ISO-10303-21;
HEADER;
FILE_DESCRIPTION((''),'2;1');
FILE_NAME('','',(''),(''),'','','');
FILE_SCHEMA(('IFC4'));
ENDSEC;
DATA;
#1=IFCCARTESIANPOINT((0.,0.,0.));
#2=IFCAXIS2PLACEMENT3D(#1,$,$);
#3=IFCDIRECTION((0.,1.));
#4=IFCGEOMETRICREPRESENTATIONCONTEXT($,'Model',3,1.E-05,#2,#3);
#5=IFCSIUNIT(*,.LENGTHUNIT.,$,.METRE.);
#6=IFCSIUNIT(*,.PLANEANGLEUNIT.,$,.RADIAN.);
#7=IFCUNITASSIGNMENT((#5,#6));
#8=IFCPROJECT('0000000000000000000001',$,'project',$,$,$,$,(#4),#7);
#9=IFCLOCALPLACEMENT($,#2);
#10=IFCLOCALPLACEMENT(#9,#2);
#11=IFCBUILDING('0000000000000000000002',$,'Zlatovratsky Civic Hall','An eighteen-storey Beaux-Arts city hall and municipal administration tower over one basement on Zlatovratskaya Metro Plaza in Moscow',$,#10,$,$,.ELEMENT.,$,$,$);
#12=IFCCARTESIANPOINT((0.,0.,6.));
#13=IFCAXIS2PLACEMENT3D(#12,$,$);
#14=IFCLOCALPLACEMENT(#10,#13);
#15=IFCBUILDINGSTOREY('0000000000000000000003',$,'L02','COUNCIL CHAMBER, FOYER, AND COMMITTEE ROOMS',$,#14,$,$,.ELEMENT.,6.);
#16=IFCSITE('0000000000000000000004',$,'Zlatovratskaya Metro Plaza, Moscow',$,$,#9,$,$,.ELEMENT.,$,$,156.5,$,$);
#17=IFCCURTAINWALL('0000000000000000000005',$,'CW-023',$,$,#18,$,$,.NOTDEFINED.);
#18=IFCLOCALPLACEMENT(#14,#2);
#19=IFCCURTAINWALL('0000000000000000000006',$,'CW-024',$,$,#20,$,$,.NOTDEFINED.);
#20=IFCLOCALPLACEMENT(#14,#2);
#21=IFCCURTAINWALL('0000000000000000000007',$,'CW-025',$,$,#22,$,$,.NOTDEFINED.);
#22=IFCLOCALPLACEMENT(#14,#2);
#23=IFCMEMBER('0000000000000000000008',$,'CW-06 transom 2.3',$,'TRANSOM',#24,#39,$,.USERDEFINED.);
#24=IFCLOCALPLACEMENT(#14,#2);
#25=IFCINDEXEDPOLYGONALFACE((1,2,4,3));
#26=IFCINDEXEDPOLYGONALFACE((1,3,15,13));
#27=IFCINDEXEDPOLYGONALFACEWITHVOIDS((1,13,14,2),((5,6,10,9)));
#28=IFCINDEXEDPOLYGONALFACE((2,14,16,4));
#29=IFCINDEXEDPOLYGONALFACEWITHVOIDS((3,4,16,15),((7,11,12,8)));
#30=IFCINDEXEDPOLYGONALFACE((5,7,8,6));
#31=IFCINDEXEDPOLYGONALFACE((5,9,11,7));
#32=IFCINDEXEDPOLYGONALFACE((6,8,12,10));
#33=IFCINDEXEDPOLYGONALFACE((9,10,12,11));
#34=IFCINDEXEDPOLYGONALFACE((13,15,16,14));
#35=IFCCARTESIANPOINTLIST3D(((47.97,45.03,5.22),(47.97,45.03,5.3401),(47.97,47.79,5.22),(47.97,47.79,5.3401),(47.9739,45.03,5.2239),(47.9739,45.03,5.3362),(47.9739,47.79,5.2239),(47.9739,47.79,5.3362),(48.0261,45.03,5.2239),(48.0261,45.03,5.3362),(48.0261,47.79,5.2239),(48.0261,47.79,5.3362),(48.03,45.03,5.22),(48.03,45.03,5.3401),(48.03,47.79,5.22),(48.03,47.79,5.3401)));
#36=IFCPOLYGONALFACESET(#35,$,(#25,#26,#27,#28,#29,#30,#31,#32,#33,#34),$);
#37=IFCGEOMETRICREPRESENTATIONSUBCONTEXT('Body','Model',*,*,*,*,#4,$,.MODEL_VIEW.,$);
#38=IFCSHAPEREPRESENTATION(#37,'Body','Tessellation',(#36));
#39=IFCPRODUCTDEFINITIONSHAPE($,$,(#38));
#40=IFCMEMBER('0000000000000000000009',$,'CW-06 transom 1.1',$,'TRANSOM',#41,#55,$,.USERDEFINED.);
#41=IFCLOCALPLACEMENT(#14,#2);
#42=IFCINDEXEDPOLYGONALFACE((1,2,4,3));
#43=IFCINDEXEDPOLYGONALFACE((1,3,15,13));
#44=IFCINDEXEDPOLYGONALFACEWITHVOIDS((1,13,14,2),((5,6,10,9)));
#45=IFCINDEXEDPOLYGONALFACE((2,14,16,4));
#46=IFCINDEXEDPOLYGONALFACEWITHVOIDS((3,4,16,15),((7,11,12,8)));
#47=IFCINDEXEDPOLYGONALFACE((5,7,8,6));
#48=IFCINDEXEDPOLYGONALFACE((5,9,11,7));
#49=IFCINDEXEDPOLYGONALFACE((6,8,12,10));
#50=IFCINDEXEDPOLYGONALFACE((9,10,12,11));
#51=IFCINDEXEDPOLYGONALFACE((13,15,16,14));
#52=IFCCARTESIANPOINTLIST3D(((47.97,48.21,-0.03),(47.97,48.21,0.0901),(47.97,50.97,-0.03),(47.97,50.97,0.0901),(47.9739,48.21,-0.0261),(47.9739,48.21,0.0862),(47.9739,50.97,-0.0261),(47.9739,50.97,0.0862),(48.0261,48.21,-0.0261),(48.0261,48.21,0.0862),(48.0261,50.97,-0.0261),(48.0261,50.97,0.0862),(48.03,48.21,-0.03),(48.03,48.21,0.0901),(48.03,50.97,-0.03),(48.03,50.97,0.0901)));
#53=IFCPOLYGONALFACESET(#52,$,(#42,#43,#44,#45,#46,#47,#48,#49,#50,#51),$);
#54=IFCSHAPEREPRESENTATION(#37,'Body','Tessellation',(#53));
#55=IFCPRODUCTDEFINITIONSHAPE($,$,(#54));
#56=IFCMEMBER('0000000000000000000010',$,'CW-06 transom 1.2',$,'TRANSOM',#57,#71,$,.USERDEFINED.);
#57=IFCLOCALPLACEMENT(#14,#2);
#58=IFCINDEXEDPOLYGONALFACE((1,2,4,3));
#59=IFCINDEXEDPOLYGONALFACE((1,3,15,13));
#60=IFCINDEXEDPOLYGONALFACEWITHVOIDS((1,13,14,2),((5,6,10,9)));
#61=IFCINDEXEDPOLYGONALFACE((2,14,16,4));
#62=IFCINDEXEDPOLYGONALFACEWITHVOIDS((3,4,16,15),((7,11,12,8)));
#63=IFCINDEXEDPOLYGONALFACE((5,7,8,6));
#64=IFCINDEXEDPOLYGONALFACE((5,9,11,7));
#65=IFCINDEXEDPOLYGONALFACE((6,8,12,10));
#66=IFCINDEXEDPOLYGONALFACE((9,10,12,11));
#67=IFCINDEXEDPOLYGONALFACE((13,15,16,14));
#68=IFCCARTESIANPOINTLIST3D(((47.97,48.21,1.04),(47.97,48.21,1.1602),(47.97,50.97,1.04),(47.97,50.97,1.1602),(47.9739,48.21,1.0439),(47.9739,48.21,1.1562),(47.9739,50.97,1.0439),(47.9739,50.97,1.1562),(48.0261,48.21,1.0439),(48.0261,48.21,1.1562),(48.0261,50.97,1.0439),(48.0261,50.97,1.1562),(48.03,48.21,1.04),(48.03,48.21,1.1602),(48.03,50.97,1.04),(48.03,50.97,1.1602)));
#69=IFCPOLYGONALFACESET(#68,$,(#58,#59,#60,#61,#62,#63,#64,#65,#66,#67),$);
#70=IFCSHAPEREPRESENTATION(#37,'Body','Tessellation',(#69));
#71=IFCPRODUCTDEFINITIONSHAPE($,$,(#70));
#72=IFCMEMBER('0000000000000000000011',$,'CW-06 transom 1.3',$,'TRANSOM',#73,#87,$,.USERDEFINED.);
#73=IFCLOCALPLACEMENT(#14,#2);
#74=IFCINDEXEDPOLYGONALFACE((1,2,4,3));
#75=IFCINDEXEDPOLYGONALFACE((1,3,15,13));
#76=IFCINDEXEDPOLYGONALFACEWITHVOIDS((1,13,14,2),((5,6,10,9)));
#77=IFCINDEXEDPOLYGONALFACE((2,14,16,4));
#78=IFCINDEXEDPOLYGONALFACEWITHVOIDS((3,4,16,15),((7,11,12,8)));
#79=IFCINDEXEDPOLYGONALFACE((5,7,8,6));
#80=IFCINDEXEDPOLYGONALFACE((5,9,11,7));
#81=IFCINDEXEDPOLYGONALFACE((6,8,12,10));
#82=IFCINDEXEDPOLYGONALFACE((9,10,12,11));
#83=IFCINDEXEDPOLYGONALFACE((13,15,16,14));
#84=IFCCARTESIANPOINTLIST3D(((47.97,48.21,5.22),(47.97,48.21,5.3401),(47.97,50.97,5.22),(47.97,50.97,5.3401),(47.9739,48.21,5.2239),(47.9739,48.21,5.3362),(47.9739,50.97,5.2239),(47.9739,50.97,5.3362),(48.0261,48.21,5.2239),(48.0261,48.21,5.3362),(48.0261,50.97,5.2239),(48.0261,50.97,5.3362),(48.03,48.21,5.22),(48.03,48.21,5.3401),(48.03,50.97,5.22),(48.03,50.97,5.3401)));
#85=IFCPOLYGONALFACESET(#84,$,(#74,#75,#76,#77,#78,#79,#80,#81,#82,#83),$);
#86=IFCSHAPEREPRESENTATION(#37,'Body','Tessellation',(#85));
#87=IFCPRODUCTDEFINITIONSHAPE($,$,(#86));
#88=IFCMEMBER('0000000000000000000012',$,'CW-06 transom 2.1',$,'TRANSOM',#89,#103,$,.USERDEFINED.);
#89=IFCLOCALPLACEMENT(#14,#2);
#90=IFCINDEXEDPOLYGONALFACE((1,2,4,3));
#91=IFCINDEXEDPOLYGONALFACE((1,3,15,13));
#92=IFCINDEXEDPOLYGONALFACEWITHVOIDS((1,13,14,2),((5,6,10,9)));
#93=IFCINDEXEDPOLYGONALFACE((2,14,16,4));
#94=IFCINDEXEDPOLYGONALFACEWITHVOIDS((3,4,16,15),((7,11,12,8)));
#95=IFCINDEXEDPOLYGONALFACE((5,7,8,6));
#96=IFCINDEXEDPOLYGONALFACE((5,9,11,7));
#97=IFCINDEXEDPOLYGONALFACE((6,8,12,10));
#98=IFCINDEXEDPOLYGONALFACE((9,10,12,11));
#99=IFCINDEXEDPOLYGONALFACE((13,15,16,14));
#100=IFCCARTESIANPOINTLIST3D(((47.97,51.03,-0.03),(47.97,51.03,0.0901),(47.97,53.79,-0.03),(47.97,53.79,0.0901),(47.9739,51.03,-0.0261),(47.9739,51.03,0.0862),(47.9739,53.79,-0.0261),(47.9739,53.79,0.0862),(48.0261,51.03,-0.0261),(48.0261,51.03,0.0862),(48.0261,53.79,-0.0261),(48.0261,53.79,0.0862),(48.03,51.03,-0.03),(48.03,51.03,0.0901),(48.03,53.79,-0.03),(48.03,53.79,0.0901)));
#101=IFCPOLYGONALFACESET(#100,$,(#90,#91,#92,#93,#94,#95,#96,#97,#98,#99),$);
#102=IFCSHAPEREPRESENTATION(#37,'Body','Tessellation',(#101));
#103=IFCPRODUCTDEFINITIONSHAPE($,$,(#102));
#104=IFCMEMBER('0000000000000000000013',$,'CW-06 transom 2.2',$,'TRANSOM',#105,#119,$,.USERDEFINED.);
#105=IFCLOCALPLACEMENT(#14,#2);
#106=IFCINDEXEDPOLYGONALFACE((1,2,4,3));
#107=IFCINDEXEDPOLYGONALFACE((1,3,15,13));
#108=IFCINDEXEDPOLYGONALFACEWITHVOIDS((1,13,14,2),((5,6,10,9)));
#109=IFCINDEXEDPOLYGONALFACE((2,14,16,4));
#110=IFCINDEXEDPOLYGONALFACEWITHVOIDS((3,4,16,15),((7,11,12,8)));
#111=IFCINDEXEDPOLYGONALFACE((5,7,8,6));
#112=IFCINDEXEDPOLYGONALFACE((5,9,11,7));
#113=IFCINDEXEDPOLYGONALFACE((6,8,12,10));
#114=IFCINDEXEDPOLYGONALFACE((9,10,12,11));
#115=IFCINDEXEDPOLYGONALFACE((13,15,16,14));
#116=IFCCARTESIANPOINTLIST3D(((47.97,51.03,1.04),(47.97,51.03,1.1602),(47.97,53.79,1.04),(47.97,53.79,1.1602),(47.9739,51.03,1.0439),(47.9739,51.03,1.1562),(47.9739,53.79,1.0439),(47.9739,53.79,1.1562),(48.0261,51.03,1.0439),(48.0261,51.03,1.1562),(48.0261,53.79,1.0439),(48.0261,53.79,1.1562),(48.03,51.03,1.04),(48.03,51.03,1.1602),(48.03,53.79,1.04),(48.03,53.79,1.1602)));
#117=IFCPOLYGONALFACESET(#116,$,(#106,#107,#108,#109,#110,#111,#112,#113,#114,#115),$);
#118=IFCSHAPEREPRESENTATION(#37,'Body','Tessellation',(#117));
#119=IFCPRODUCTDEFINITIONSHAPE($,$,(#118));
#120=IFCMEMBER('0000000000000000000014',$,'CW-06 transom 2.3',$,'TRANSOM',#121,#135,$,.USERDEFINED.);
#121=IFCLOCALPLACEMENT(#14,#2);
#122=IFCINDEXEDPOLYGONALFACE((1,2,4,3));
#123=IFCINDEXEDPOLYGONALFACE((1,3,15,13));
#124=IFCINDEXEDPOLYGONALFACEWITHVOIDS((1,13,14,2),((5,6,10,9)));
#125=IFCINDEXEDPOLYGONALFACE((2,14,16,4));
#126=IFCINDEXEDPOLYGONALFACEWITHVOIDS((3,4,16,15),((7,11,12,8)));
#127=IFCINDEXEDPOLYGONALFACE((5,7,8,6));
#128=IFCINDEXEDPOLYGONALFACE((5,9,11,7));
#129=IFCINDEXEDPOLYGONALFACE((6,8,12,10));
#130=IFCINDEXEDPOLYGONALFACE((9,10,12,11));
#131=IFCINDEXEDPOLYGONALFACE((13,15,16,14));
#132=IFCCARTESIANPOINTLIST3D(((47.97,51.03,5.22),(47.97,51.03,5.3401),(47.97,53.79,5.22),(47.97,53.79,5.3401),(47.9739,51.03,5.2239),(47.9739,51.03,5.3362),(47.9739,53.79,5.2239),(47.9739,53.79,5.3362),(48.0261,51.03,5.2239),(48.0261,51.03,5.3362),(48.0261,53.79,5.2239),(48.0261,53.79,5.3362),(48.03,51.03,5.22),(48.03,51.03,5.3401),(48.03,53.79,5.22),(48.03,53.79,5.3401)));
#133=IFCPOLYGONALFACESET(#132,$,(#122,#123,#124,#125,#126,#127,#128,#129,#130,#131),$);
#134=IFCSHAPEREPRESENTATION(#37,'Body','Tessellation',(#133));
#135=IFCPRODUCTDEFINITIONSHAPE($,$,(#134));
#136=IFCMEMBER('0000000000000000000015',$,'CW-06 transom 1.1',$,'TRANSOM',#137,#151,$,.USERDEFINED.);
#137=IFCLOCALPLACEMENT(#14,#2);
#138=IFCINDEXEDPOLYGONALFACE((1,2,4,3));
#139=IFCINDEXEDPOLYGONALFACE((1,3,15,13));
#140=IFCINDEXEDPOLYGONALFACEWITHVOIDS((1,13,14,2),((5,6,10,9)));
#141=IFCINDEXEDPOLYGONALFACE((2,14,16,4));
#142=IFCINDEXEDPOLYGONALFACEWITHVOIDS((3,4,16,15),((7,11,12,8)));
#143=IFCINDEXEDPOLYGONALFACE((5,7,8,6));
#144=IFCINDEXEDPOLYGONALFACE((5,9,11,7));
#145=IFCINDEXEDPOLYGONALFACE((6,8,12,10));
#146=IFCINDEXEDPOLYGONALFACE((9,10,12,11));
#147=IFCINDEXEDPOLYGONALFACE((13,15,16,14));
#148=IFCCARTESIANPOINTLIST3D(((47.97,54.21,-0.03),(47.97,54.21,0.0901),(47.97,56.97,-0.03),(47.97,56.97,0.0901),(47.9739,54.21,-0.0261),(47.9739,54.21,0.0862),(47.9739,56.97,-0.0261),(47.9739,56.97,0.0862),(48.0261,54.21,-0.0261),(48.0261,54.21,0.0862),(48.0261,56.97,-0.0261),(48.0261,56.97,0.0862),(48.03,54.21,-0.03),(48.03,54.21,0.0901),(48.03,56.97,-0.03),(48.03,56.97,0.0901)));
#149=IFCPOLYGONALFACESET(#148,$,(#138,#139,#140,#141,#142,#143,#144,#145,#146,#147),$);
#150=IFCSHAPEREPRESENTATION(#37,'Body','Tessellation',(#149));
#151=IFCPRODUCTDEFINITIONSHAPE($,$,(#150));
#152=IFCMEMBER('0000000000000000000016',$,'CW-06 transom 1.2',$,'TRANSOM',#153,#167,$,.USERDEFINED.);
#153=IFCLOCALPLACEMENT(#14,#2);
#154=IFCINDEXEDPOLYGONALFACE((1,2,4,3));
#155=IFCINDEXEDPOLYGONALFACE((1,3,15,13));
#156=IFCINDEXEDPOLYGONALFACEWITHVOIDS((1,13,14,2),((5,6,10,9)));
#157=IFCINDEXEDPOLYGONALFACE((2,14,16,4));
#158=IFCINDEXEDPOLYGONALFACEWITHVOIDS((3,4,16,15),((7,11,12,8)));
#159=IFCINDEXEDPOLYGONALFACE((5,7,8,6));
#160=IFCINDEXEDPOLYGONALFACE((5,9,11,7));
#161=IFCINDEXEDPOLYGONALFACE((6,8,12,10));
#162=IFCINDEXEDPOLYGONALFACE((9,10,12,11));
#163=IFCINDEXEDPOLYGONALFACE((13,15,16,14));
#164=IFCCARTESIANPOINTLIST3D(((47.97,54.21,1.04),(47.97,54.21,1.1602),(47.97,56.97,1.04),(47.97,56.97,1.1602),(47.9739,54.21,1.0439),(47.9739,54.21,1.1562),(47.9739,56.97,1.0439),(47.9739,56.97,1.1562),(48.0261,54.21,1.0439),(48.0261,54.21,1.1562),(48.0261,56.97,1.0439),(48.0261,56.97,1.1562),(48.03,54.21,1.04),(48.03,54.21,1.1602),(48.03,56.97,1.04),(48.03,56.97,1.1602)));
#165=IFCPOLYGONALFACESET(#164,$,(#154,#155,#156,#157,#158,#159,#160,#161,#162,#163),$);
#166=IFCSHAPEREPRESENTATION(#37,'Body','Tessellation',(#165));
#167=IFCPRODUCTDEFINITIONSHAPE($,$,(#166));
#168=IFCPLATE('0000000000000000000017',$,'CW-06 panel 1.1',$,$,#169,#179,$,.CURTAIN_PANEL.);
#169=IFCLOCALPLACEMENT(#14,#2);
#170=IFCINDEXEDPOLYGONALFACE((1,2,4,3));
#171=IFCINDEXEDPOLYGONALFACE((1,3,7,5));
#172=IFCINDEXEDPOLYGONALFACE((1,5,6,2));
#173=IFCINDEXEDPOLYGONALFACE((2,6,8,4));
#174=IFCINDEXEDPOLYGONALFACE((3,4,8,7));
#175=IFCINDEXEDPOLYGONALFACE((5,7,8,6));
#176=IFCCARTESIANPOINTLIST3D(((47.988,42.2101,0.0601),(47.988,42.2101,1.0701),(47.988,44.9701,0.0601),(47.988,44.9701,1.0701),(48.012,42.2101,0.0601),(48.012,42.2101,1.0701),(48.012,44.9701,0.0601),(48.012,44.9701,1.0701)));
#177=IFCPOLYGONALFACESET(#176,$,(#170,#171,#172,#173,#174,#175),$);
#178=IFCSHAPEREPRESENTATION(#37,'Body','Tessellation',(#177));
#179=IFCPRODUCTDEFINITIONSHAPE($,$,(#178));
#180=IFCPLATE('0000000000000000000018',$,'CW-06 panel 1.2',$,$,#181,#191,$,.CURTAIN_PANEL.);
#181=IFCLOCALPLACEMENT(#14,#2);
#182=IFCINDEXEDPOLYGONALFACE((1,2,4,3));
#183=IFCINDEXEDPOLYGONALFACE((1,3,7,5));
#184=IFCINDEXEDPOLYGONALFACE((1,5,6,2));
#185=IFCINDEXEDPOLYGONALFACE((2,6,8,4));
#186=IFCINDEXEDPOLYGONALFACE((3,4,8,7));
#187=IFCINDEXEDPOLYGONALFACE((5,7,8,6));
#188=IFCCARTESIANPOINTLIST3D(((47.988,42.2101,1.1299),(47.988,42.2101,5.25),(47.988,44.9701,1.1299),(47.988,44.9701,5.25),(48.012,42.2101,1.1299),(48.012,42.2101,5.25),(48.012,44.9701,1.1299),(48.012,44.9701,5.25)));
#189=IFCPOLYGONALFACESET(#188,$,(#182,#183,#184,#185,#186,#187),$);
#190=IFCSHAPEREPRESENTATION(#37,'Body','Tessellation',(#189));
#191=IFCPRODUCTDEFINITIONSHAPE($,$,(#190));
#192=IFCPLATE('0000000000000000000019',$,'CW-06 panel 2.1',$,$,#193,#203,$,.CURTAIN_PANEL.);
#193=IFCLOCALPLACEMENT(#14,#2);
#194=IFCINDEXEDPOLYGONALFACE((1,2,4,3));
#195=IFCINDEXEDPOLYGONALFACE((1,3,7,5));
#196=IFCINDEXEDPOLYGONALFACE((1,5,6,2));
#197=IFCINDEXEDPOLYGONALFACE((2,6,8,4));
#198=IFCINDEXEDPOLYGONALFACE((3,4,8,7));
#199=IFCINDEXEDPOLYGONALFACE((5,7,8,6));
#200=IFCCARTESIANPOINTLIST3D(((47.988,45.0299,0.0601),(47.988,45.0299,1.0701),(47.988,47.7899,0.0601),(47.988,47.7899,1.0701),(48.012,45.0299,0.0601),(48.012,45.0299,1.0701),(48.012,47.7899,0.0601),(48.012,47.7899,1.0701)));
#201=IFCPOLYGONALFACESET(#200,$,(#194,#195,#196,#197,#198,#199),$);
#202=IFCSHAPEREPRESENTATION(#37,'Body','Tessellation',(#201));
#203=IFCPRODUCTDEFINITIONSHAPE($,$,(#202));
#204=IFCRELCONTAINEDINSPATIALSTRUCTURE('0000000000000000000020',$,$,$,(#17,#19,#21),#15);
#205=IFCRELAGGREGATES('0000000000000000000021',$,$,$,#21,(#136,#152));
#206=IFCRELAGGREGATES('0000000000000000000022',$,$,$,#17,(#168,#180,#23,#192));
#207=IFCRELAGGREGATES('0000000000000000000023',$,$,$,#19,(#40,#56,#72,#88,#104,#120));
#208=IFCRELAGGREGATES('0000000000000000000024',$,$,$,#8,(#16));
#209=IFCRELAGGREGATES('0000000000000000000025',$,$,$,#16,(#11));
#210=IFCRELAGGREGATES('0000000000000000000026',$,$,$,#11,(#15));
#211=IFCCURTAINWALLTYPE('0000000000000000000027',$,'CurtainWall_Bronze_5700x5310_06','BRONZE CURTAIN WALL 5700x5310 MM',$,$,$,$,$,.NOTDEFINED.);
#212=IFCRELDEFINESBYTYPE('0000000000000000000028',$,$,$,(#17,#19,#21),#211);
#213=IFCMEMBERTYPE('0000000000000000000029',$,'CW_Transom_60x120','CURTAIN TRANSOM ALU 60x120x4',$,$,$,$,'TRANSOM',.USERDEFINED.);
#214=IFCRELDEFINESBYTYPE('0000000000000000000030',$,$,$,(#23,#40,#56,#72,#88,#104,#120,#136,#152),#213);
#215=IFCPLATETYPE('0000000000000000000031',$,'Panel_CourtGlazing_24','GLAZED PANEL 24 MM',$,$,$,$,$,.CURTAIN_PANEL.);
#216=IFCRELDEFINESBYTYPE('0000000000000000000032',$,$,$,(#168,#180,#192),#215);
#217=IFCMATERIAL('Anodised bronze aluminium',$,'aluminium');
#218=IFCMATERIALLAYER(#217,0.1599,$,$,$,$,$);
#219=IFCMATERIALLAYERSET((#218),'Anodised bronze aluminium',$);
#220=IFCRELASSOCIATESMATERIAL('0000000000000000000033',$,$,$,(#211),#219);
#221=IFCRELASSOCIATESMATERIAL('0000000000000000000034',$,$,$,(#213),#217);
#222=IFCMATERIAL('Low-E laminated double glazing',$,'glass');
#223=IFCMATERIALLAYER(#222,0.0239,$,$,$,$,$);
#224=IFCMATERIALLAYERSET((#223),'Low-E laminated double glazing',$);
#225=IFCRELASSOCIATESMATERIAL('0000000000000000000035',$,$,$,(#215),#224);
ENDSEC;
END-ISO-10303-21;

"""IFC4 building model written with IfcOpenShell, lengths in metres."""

from ifc_helpers import new_model, si_unit, direction, frame, origin, origin_2d, place, context, subcontext, project, spatial, rectangle, hollow_rectangle, extrude, material, layer, layer_set, material_profile, profile_set, type_object, element, aggregate, save


model = new_model("IFC4")

# Units and contexts
model_context = context("Model", 3, precision=1e-05, world=origin(), true_north=direction((0.0, 1.0)))
body_context = subcontext(model_context, "Body", "Model", "MODEL_VIEW")
ifc_project = project(units=[si_unit("LENGTHUNIT", "METRE"), si_unit("PLANEANGLEUNIT", "RADIAN")], contexts=[model_context])

# Site, building, storey
site_placement = place(None, origin())
site = spatial("IfcSite", under=ifc_project, at=site_placement, Name="Zlatovratskaya Metro Plaza, Moscow", CompositionType="ELEMENT", RefElevation=156.5)
building_placement = place(site_placement, origin())
building = spatial("IfcBuilding", under=site, at=building_placement, Name="Zlatovratsky Civic Hall", Description="An eighteen-storey Beaux-Arts city hall and municipal administration tower over one basement on Zlatovratskaya Metro Plaza in Moscow", CompositionType="ELEMENT")
storey_placement = place(building_placement, frame((0.0, 0.0, 6.0)))
storey = spatial("IfcBuildingStorey", under=building, at=storey_placement, Name="L02", Description="COUNCIL CHAMBER, FOYER, AND COMMITTEE ROOMS", CompositionType="ELEMENT", Elevation=6.0)

# Curtain walls
ifc_material_1 = material(Name="Anodised bronze aluminium", Category="aluminium")
ifc_layer_1 = layer(ifc_material_1, 0.1599)
ifc_layer_set_1 = layer_set([ifc_layer_1], Name="Anodised bronze aluminium")
curtain_wall_type = type_object("IfcCurtainWallType", Name="CurtainWall_Bronze_5700x5310_06", Description="BRONZE CURTAIN WALL 5700x5310 MM", PredefinedType="NOTDEFINED", material=ifc_layer_set_1)
curtain_wall_1_placement = place(storey_placement, origin())
curtain_wall_1 = element("IfcCurtainWall", 1, at=curtain_wall_1_placement, inside=storey, type_object=curtain_wall_type, Name="CW-023", PredefinedType="NOTDEFINED")
curtain_wall_2_placement = place(storey_placement, origin())
curtain_wall_2 = element("IfcCurtainWall", 2, at=curtain_wall_2_placement, inside=storey, type_object=curtain_wall_type, Name="CW-024", PredefinedType="NOTDEFINED")

# Curtain wall
curtain_wall_3_placement = place(storey_placement, origin())
curtain_wall_3 = element("IfcCurtainWall", 3, at=curtain_wall_3_placement, inside=storey, type_object=curtain_wall_type, Name="CW-025", PredefinedType="NOTDEFINED")

# Members
ifc_material_profile_1 = material_profile(ifc_material_1, hollow_rectangle(XDim=0.0601, YDim=0.1201, WallThickness=0.0039, at=origin_2d()), Name="ALU 60x120x4")
ifc_profile_set_1 = profile_set([ifc_material_profile_1], Name="Anodised bronze aluminium")
member_type_1 = type_object("IfcMemberType", Name="CW_Transom_60x120", Description="CURTAIN TRANSOM ALU 60x120x4", ElementType="TRANSOM", PredefinedType="USERDEFINED", material=ifc_profile_set_1)
member_1_placement = place(storey_placement, frame((48.0, 45.03, 5.28), z_axis=(0.0, 1.0, 0.0), x_axis=(-1.0, 0.0, 0.0)))
member_1 = element("IfcMember", 4, at=member_1_placement, type_object=member_type_1, Name="CW-06 transom 2.3", ObjectType="TRANSOM", PredefinedType="USERDEFINED", context=body_context, shape_type="SweptSolid", body=[
    extrude(hollow_rectangle(XDim=0.0601, YDim=0.1201, WallThickness=0.0039, at=origin_2d()), origin(), (0.0, 0.0, 1.0), 2.76),
])
member_2_placement = place(storey_placement, frame((48.0, 48.21, 0.03), z_axis=(0.0, 1.0, 0.0), x_axis=(-1.0, 0.0, 0.0)))
member_2 = element("IfcMember", 5, at=member_2_placement, type_object=member_type_1, Name="CW-06 transom 1.1", ObjectType="TRANSOM", PredefinedType="USERDEFINED", context=body_context, shape_type="SweptSolid", body=[
    extrude(hollow_rectangle(XDim=0.0601, YDim=0.1201, WallThickness=0.0039, at=origin_2d()), origin(), (0.0, 0.0, 1.0), 2.76),
])
member_3_placement = place(storey_placement, frame((48.0, 48.21, 1.1001), z_axis=(0.0, 1.0, 0.0), x_axis=(-1.0, 0.0, 0.0)))
member_3 = element("IfcMember", 6, at=member_3_placement, type_object=member_type_1, Name="CW-06 transom 1.2", ObjectType="TRANSOM", PredefinedType="USERDEFINED", context=body_context, shape_type="SweptSolid", body=[
    extrude(hollow_rectangle(XDim=0.0601, YDim=0.1201, WallThickness=0.0039, at=origin_2d()), origin(), (0.0, 0.0, 1.0), 2.76),
])
member_4_placement = place(storey_placement, frame((48.0, 48.21, 5.28), z_axis=(0.0, 1.0, 0.0), x_axis=(-1.0, 0.0, 0.0)))
member_4 = element("IfcMember", 7, at=member_4_placement, type_object=member_type_1, Name="CW-06 transom 1.3", ObjectType="TRANSOM", PredefinedType="USERDEFINED", context=body_context, shape_type="SweptSolid", body=[
    extrude(hollow_rectangle(XDim=0.0601, YDim=0.1201, WallThickness=0.0039, at=origin_2d()), origin(), (0.0, 0.0, 1.0), 2.76),
])
member_5_placement = place(storey_placement, frame((48.0, 51.03, 0.03), z_axis=(0.0, 1.0, 0.0), x_axis=(-1.0, 0.0, 0.0)))
member_5 = element("IfcMember", 8, at=member_5_placement, type_object=member_type_1, Name="CW-06 transom 2.1", ObjectType="TRANSOM", PredefinedType="USERDEFINED", context=body_context, shape_type="SweptSolid", body=[
    extrude(hollow_rectangle(XDim=0.0601, YDim=0.1201, WallThickness=0.0039, at=origin_2d()), origin(), (0.0, 0.0, 1.0), 2.76),
])
member_6_placement = place(storey_placement, frame((48.0, 51.03, 1.1001), z_axis=(0.0, 1.0, 0.0), x_axis=(-1.0, 0.0, 0.0)))
member_6 = element("IfcMember", 9, at=member_6_placement, type_object=member_type_1, Name="CW-06 transom 2.2", ObjectType="TRANSOM", PredefinedType="USERDEFINED", context=body_context, shape_type="SweptSolid", body=[
    extrude(hollow_rectangle(XDim=0.0601, YDim=0.1201, WallThickness=0.0039, at=origin_2d()), origin(), (0.0, 0.0, 1.0), 2.76),
])
member_7_placement = place(storey_placement, frame((48.0, 51.03, 5.28), z_axis=(0.0, 1.0, 0.0), x_axis=(-1.0, 0.0, 0.0)))
member_7 = element("IfcMember", 10, at=member_7_placement, type_object=member_type_1, Name="CW-06 transom 2.3", ObjectType="TRANSOM", PredefinedType="USERDEFINED", context=body_context, shape_type="SweptSolid", body=[
    extrude(hollow_rectangle(XDim=0.0601, YDim=0.1201, WallThickness=0.0039, at=origin_2d()), origin(), (0.0, 0.0, 1.0), 2.76),
])
member_8_placement = place(storey_placement, frame((48.0, 54.21, 0.03), z_axis=(0.0, 1.0, 0.0), x_axis=(-1.0, 0.0, 0.0)))
member_8 = element("IfcMember", 11, at=member_8_placement, type_object=member_type_1, Name="CW-06 transom 1.1", ObjectType="TRANSOM", PredefinedType="USERDEFINED", context=body_context, shape_type="SweptSolid", body=[
    extrude(hollow_rectangle(XDim=0.0601, YDim=0.1201, WallThickness=0.0039, at=origin_2d()), origin(), (0.0, 0.0, 1.0), 2.76),
])
member_9_placement = place(storey_placement, frame((48.0, 54.21, 1.1001), z_axis=(0.0, 1.0, 0.0), x_axis=(-1.0, 0.0, 0.0)))
member_9 = element("IfcMember", 12, at=member_9_placement, type_object=member_type_1, Name="CW-06 transom 1.2", ObjectType="TRANSOM", PredefinedType="USERDEFINED", context=body_context, shape_type="SweptSolid", body=[
    extrude(hollow_rectangle(XDim=0.0601, YDim=0.1201, WallThickness=0.0039, at=origin_2d()), origin(), (0.0, 0.0, 1.0), 2.76),
])
aggregate(curtain_wall_3, [member_8, member_9])

# Plates
ifc_material_2 = material(Name="Low-E laminated double glazing", Category="glass")
ifc_layer_2 = layer(ifc_material_2, 0.0239)
ifc_layer_set_2 = layer_set([ifc_layer_2], Name="Low-E laminated double glazing")
plate_type = type_object("IfcPlateType", Name="Panel_CourtGlazing_24", Description="GLAZED PANEL 24 MM", PredefinedType="CURTAIN_PANEL", material=ifc_layer_set_2)
plate_1_placement = place(storey_placement, frame((48.0, 43.5901, 0.0601), z_axis=(0.0, 0.0, 1.0), x_axis=(0.0, 1.0, 0.0)))
plate_1 = element("IfcPlate", 13, at=plate_1_placement, type_object=plate_type, Name="CW-06 panel 1.1", PredefinedType="CURTAIN_PANEL", context=body_context, shape_type="SweptSolid", body=[
    extrude(rectangle(XDim=2.76, YDim=0.0239, at=origin_2d()), origin(), (0.0, 0.0, 1.0), 1.01),
])
plate_2_placement = place(storey_placement, frame((48.0, 43.5901, 1.1299), z_axis=(0.0, 0.0, 1.0), x_axis=(0.0, 1.0, 0.0)))
plate_2 = element("IfcPlate", 14, at=plate_2_placement, type_object=plate_type, Name="CW-06 panel 1.2", PredefinedType="CURTAIN_PANEL", context=body_context, shape_type="SweptSolid", body=[
    extrude(rectangle(XDim=2.76, YDim=0.0239, at=origin_2d()), origin(), (0.0, 0.0, 1.0), 4.1201),
])
plate_3_placement = place(storey_placement, frame((48.0, 46.4099, 0.0601), z_axis=(0.0, 0.0, 1.0), x_axis=(0.0, 1.0, 0.0)))
plate_3 = element("IfcPlate", 15, at=plate_3_placement, type_object=plate_type, Name="CW-06 panel 2.1", PredefinedType="CURTAIN_PANEL", context=body_context, shape_type="SweptSolid", body=[
    extrude(rectangle(XDim=2.76, YDim=0.0239, at=origin_2d()), origin(), (0.0, 0.0, 1.0), 1.01),
])
aggregate(curtain_wall_1, [plate_1, plate_2, member_1, plate_3])
aggregate(curtain_wall_2, [member_2, member_3, member_4, member_5, member_6, member_7])

save(model, "model.ifc")
